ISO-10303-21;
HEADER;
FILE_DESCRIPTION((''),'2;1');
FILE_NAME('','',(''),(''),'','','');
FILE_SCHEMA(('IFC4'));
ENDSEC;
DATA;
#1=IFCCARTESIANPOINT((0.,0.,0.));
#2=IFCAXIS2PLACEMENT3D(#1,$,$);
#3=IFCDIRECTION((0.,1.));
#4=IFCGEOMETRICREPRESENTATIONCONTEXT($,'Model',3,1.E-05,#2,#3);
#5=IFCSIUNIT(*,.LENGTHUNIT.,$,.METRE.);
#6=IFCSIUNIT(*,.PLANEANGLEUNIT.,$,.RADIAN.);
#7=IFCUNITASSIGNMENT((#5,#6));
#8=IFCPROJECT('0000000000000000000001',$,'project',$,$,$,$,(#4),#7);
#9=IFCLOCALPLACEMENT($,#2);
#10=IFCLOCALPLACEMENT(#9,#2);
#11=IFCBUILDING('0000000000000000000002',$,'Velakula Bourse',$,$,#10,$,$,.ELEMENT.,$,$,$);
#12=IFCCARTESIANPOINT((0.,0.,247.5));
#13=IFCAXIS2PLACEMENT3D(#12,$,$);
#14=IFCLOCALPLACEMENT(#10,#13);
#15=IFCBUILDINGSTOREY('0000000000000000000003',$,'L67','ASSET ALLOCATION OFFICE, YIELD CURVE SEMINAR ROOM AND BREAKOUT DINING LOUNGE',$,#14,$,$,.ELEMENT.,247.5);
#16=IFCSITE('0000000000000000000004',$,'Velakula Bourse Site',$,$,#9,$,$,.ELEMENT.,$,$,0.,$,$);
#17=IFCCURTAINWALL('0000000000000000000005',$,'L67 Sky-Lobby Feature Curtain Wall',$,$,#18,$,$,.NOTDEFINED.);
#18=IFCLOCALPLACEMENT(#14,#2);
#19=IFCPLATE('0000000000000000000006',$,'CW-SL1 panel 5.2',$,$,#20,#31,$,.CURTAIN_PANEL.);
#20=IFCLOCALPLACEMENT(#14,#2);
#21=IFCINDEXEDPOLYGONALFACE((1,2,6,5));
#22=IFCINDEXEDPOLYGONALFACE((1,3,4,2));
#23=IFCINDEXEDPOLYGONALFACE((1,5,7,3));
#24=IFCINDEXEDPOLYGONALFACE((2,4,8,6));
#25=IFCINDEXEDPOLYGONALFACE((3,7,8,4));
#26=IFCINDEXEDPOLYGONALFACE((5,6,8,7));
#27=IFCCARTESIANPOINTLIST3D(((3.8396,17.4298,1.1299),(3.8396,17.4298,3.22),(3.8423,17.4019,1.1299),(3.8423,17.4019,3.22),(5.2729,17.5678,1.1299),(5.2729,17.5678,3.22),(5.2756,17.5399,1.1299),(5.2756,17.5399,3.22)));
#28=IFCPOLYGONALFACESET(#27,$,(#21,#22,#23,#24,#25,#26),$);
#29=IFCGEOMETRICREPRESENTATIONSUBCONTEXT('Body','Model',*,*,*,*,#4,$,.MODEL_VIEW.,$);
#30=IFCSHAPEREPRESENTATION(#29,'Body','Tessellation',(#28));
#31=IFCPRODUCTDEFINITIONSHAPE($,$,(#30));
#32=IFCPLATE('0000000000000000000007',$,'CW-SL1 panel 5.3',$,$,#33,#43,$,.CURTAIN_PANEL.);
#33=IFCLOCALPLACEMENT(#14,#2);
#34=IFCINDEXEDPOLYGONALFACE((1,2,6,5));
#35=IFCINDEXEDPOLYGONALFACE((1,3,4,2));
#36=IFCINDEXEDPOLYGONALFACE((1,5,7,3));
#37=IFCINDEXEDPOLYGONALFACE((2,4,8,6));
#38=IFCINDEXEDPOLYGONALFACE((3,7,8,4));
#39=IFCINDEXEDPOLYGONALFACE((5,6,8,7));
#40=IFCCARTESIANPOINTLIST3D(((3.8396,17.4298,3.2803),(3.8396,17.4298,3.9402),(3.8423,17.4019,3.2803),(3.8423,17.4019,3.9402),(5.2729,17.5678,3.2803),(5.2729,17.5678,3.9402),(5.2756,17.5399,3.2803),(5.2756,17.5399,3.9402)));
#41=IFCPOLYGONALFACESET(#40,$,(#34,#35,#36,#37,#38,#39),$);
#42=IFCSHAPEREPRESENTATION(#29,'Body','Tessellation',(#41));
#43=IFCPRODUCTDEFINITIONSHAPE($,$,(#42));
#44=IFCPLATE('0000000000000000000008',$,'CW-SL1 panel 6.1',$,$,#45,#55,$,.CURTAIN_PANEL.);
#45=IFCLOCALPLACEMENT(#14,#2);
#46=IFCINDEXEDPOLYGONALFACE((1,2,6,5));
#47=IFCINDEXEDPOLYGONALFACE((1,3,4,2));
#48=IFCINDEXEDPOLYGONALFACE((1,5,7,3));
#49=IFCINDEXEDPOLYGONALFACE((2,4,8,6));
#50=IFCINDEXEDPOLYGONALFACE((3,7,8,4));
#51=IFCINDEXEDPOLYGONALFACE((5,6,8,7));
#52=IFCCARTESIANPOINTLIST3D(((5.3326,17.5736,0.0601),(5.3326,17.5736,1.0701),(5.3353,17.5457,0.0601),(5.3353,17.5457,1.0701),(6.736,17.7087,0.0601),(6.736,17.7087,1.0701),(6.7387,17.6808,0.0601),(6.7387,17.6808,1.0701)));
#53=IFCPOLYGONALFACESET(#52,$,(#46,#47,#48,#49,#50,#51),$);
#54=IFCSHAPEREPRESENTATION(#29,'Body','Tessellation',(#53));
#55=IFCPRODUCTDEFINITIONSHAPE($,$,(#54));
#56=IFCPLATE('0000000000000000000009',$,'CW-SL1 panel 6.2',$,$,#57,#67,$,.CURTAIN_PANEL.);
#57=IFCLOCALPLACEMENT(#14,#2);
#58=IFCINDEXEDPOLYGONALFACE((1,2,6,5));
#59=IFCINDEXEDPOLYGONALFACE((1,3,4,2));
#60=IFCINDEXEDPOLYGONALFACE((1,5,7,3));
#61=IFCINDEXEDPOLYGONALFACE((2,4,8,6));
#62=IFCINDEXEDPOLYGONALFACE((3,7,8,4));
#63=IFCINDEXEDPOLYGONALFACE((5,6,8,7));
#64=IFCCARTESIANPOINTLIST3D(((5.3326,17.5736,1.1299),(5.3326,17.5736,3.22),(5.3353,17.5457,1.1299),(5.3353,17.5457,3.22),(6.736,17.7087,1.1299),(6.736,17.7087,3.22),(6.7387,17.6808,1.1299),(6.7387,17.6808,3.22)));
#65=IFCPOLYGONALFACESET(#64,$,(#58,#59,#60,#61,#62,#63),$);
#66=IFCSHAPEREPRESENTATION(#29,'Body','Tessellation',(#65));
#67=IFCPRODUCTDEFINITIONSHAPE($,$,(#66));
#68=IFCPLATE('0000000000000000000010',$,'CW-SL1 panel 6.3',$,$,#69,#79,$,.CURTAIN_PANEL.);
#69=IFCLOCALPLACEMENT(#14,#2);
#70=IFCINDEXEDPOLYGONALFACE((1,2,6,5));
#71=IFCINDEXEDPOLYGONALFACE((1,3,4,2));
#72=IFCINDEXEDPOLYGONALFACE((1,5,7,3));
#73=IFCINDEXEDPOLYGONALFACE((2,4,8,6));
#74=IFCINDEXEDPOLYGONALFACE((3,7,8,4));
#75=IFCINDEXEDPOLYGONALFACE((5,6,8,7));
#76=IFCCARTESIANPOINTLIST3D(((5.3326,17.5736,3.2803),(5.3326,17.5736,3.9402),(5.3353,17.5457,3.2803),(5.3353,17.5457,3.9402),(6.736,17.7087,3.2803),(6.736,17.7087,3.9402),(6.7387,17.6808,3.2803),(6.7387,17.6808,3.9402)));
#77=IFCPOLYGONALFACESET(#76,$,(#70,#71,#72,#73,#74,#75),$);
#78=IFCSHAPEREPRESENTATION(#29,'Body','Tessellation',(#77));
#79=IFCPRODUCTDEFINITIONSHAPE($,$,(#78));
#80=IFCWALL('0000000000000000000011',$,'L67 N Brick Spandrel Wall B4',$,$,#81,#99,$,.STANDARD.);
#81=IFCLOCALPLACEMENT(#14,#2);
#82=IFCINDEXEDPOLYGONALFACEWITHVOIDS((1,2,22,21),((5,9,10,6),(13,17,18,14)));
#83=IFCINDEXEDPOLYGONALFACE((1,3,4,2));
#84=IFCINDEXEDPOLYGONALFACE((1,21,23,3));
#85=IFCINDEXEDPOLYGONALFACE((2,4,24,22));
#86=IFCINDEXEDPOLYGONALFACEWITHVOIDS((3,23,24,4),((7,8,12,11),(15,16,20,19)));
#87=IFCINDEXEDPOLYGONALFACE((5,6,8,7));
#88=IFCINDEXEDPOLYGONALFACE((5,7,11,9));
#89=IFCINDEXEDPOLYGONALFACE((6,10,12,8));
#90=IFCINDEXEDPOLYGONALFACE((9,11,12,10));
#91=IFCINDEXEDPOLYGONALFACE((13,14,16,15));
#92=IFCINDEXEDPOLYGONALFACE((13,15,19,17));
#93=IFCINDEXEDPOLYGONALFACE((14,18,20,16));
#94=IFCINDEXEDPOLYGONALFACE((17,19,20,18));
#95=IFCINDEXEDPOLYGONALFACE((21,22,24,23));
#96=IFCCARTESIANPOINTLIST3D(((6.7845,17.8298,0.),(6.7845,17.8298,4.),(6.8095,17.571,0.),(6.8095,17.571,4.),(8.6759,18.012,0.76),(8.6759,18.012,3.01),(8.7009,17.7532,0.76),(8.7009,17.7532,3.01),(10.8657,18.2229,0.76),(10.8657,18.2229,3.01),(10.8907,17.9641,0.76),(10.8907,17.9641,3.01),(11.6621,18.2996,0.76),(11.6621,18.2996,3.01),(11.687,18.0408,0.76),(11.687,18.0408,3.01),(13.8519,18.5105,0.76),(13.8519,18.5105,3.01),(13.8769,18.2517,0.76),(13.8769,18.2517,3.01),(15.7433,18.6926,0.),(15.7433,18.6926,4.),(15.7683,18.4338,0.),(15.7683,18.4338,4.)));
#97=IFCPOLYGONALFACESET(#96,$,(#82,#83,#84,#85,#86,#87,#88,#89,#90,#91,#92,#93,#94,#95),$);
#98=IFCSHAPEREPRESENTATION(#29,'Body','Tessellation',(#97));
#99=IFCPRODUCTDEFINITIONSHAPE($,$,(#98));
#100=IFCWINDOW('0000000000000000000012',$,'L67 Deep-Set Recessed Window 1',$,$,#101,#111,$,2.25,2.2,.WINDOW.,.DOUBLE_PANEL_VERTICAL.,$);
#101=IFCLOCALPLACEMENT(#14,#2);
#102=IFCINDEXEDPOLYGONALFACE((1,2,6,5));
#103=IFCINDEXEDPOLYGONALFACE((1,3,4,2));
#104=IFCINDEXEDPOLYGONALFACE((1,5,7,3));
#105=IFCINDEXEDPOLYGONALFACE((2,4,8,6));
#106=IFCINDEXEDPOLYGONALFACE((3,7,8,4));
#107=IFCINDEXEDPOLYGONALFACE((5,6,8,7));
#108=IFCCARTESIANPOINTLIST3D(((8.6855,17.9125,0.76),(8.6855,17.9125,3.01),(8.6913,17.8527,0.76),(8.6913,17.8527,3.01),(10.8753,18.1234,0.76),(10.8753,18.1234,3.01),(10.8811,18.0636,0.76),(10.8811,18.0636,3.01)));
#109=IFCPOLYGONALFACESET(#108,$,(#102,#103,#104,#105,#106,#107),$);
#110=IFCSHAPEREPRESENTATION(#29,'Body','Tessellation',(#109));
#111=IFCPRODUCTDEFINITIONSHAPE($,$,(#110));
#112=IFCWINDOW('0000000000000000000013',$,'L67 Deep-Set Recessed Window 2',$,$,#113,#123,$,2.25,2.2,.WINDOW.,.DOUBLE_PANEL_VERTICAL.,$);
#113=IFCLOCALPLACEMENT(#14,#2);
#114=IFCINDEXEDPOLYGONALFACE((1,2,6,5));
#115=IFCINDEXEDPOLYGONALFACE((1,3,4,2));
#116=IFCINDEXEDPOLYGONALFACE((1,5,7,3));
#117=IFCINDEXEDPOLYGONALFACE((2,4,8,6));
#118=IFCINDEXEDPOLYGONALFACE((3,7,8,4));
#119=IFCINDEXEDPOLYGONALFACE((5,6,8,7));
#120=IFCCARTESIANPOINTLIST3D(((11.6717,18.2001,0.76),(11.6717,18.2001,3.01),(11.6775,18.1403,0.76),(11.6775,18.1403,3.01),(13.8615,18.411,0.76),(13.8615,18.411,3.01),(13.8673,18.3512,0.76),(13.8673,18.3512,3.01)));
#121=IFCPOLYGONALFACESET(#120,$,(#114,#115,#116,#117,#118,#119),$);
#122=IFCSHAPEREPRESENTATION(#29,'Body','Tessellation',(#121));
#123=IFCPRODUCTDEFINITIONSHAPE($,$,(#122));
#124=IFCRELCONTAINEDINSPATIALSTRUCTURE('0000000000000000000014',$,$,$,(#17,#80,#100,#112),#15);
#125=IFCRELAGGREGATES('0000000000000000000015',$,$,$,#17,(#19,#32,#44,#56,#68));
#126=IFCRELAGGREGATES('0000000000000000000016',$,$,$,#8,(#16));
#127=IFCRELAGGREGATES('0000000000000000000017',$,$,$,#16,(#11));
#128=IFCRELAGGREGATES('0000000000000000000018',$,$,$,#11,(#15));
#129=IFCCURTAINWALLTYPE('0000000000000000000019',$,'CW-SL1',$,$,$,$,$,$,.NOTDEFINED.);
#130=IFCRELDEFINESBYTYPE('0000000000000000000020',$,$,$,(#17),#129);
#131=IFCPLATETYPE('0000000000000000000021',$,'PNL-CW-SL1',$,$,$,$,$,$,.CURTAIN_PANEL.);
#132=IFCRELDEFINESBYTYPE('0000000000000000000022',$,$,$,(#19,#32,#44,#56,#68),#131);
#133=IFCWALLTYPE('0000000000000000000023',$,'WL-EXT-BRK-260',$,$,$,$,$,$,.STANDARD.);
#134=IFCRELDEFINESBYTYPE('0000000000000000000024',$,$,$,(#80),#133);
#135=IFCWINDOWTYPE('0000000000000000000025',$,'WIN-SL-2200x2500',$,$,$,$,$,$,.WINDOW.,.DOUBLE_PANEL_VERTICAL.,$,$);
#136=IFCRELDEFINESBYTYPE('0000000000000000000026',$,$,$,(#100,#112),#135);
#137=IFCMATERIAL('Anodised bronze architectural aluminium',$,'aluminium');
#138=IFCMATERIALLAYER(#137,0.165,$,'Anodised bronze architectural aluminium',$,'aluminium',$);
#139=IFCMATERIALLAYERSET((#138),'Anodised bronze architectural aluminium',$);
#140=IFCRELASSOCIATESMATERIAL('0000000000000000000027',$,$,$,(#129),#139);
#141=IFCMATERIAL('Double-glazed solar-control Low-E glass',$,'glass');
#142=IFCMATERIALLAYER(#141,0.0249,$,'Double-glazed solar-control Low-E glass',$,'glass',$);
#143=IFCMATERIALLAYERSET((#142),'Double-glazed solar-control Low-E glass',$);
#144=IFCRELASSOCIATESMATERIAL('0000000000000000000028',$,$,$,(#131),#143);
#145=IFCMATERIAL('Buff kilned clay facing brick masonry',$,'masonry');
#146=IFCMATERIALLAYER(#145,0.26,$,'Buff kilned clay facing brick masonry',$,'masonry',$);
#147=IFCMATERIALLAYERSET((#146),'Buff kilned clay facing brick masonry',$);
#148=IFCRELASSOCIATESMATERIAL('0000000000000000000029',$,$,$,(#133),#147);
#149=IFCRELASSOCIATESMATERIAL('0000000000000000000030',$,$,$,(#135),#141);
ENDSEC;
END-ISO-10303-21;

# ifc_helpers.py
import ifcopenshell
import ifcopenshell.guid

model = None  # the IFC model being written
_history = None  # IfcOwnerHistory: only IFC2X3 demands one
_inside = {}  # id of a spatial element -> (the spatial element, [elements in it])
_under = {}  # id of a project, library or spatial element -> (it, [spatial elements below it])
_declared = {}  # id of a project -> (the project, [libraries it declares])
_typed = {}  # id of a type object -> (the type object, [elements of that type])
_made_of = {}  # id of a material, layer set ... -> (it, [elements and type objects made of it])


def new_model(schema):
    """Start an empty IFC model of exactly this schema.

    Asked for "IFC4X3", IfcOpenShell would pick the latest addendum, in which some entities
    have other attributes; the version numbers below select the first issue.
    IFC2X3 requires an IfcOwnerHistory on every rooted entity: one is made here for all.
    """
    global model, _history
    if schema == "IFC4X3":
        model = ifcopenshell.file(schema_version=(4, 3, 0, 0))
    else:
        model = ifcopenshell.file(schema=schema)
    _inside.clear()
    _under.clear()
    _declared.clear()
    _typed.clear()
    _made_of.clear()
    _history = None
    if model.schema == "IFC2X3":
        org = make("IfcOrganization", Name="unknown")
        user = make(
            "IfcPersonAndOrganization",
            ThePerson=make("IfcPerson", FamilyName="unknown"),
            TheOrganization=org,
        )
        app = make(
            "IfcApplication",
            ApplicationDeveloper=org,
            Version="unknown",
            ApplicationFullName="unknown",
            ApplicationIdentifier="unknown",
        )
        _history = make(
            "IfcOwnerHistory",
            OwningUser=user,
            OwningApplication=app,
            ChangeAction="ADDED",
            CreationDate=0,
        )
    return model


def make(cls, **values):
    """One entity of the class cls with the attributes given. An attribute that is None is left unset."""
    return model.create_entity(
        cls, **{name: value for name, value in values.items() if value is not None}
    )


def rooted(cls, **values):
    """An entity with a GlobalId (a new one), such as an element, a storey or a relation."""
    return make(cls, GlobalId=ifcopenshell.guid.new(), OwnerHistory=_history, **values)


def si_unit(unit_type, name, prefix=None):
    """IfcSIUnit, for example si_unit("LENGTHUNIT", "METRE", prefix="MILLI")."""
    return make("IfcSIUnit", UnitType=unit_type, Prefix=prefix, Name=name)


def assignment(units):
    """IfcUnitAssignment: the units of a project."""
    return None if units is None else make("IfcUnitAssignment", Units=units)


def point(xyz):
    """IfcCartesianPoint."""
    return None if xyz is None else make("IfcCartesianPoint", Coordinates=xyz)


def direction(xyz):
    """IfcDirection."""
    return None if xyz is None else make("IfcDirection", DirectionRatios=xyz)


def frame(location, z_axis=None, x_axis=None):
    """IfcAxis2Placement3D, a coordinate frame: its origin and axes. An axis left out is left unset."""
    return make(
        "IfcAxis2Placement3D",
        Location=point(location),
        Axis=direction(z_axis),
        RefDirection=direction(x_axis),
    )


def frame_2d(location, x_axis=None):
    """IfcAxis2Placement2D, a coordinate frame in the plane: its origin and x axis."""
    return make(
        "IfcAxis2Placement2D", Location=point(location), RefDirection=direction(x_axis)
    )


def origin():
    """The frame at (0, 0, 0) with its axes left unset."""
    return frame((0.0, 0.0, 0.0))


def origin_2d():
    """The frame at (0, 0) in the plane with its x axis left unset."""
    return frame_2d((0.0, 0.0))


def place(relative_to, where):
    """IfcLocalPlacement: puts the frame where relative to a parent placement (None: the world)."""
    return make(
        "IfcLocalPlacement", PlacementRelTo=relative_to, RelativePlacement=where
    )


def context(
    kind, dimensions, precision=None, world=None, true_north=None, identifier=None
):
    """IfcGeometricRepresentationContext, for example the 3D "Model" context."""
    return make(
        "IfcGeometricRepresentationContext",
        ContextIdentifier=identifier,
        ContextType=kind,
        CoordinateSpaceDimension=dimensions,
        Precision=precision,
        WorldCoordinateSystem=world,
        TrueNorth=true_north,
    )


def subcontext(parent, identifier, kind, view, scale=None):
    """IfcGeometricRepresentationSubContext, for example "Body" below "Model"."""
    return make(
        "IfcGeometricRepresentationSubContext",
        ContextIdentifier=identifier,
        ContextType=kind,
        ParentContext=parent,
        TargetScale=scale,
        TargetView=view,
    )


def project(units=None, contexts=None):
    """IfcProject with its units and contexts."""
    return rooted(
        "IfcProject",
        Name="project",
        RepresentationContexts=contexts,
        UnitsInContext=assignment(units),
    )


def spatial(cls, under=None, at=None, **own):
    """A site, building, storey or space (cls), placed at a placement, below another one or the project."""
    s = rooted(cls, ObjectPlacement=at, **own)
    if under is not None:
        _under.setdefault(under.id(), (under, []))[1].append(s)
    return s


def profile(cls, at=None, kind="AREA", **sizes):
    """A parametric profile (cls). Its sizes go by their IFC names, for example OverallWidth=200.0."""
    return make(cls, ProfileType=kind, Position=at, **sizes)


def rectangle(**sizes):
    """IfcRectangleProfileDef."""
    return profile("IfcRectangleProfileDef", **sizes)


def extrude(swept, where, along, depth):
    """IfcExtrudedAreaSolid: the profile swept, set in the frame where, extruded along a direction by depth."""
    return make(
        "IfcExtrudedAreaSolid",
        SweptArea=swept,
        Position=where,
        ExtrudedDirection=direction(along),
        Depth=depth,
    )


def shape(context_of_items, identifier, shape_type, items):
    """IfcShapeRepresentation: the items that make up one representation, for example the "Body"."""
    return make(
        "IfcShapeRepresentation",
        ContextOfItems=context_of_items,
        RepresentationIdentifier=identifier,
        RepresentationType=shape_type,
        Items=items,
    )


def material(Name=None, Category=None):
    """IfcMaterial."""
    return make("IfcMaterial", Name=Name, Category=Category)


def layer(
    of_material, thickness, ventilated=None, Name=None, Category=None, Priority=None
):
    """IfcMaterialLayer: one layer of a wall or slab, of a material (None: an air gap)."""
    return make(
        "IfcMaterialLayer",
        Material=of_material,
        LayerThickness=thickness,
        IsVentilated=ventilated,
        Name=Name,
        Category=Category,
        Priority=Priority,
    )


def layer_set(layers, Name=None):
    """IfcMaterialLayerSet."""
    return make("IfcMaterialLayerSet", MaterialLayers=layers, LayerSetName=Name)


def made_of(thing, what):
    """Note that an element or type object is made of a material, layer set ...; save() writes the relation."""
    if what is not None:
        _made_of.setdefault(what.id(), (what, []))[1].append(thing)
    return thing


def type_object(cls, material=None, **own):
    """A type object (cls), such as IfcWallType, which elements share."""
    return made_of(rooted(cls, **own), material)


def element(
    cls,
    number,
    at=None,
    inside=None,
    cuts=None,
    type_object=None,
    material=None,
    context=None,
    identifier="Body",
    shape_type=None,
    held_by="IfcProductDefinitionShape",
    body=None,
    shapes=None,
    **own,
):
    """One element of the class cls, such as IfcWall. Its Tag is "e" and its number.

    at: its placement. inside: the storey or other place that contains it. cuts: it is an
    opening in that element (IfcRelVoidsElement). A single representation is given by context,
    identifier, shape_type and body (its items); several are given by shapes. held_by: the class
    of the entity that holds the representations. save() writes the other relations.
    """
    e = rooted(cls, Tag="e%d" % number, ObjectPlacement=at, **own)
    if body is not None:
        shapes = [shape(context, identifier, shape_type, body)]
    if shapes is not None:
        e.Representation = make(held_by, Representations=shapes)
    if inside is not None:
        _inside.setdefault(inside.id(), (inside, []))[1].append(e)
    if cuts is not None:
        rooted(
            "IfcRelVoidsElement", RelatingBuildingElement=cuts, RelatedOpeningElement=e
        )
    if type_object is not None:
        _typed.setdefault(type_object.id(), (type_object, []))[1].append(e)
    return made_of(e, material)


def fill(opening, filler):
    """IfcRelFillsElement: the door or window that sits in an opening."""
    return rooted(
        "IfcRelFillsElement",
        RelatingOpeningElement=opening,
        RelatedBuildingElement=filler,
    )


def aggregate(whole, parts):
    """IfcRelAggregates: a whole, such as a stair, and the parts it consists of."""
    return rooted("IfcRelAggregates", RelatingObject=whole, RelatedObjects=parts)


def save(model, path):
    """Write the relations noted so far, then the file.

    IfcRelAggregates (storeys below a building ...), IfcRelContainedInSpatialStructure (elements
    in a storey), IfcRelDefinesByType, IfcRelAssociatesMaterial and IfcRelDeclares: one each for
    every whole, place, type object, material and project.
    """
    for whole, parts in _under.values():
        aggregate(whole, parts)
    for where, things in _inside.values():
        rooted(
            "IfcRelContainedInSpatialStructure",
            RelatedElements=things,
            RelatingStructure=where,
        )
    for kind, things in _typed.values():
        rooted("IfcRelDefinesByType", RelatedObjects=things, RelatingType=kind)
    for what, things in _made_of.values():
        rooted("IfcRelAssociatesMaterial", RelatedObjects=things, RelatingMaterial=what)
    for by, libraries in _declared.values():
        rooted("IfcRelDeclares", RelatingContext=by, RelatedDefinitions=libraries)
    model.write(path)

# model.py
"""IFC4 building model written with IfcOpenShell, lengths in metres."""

from ifc_helpers import new_model, si_unit, direction, frame, frame_2d, origin, origin_2d, place, context, subcontext, project, spatial, rectangle, extrude, material, layer, layer_set, type_object, element, fill, aggregate, save


model = new_model("IFC4")

# Units and contexts
model_context = context("Model", 3, precision=1e-05, world=origin(), true_north=direction((0.0, 1.0)))
body_context = subcontext(model_context, "Body", "Model", "MODEL_VIEW")
ifc_project = project(units=[si_unit("LENGTHUNIT", "METRE"), si_unit("PLANEANGLEUNIT", "RADIAN")], contexts=[model_context])

# Site, building, storey
site_placement = place(None, origin())
site = spatial("IfcSite", under=ifc_project, at=site_placement, Name="Velakula Bourse Site", CompositionType="ELEMENT", RefElevation=0.0)
building_placement = place(site_placement, origin())
building = spatial("IfcBuilding", under=site, at=building_placement, Name="Velakula Bourse", CompositionType="ELEMENT")
storey_placement = place(building_placement, frame((0.0, 0.0, 247.5)))
storey = spatial("IfcBuildingStorey", under=building, at=storey_placement, Name="L67", Description="ASSET ALLOCATION OFFICE, YIELD CURVE SEMINAR ROOM AND BREAKOUT DINING LOUNGE", CompositionType="ELEMENT", Elevation=247.5)

# Curtain wall, plates
ifc_material_1 = material(Name="Anodised bronze architectural aluminium", Category="aluminium")
ifc_layer_1 = layer(ifc_material_1, 0.165, Name="Anodised bronze architectural aluminium", Category="aluminium")
ifc_layer_set_1 = layer_set([ifc_layer_1], Name="Anodised bronze architectural aluminium")
curtain_wall_type = type_object("IfcCurtainWallType", Name="CW-SL1", PredefinedType="NOTDEFINED", material=ifc_layer_set_1)
curtain_wall_placement = place(storey_placement, origin())
curtain_wall = element("IfcCurtainWall", 1, at=curtain_wall_placement, inside=storey, type_object=curtain_wall_type, Name="L67 Sky-Lobby Feature Curtain Wall", PredefinedType="NOTDEFINED")
ifc_material_2 = material(Name="Double-glazed solar-control Low-E glass", Category="glass")
ifc_layer_2 = layer(ifc_material_2, 0.0249, Name="Double-glazed solar-control Low-E glass", Category="glass")
ifc_layer_set_2 = layer_set([ifc_layer_2], Name="Double-glazed solar-control Low-E glass")
plate_type = type_object("IfcPlateType", Name="PNL-CW-SL1", PredefinedType="CURTAIN_PANEL", material=ifc_layer_set_2)
plate_1_placement = place(storey_placement, frame((4.5576, 17.4849, 1.1299), z_axis=(0.0, 0.0, 1.0), x_axis=(0.995396, 0.095844, 0.0)))
plate_1 = element("IfcPlate", 2, at=plate_1_placement, type_object=plate_type, Name="CW-SL1 panel 5.2", PredefinedType="CURTAIN_PANEL", context=body_context, shape_type="SweptSolid", body=[
    extrude(rectangle(XDim=1.4399, YDim=0.0281, at=origin_2d()), origin(), (0.0, 0.0, 1.0), 2.0901),
])
plate_2_placement = place(storey_placement, frame((4.5576, 17.4849, 3.2803), z_axis=(0.0, 0.0, 1.0), x_axis=(0.995396, 0.095844, 0.0)))
plate_2 = element("IfcPlate", 3, at=plate_2_placement, type_object=plate_type, Name="CW-SL1 panel 5.3", PredefinedType="CURTAIN_PANEL", context=body_context, shape_type="SweptSolid", body=[
    extrude(rectangle(XDim=1.4399, YDim=0.0281, at=origin_2d()), origin(), (0.0, 0.0, 1.0), 0.6599),
])
plate_3_placement = place(storey_placement, frame((6.0356, 17.6272, 0.0601), z_axis=(0.0, 0.0, 1.0), x_axis=(0.995396, 0.095844, 0.0)))
plate_3 = element("IfcPlate", 4, at=plate_3_placement, type_object=plate_type, Name="CW-SL1 panel 6.1", PredefinedType="CURTAIN_PANEL", context=body_context, shape_type="SweptSolid", body=[
    extrude(rectangle(XDim=1.4099, YDim=0.0281, at=origin_2d()), origin(), (0.0, 0.0, 1.0), 1.01),
])
plate_4_placement = place(storey_placement, frame((6.0356, 17.6272, 1.1299), z_axis=(0.0, 0.0, 1.0), x_axis=(0.995396, 0.095844, 0.0)))
plate_4 = element("IfcPlate", 5, at=plate_4_placement, type_object=plate_type, Name="CW-SL1 panel 6.2", PredefinedType="CURTAIN_PANEL", context=body_context, shape_type="SweptSolid", body=[
    extrude(rectangle(XDim=1.4099, YDim=0.0281, at=origin_2d()), origin(), (0.0, 0.0, 1.0), 2.0901),
])
plate_5_placement = place(storey_placement, frame((6.0356, 17.6272, 3.2803), z_axis=(0.0, 0.0, 1.0), x_axis=(0.995396, 0.095844, 0.0)))
plate_5 = element("IfcPlate", 6, at=plate_5_placement, type_object=plate_type, Name="CW-SL1 panel 6.3", PredefinedType="CURTAIN_PANEL", context=body_context, shape_type="SweptSolid", body=[
    extrude(rectangle(XDim=1.4099, YDim=0.0281, at=origin_2d()), origin(), (0.0, 0.0, 1.0), 0.6599),
])
aggregate(curtain_wall, [plate_1, plate_2, plate_3, plate_4, plate_5])

# Wall, openings, windows
ifc_material_3 = material(Name="Buff kilned clay facing brick masonry", Category="masonry")
ifc_layer_3 = layer(ifc_material_3, 0.26, Name="Buff kilned clay facing brick masonry", Category="masonry")
ifc_layer_set_3 = layer_set([ifc_layer_3], Name="Buff kilned clay facing brick masonry")
wall_type = type_object("IfcWallType", Name="WL-EXT-BRK-260", PredefinedType="STANDARD", material=ifc_layer_set_3)
wall_placement = place(storey_placement, frame((6.7971, 17.7004, 0.0), z_axis=(0.0, 0.0, 1.0), x_axis=(0.995394, 0.095864, 0.0)))
wall = element("IfcWall", 7, at=wall_placement, inside=storey, type_object=wall_type, Name="L67 N Brick Spandrel Wall B4", PredefinedType="STANDARD", context=body_context, shape_type="SweptSolid", body=[
    extrude(rectangle(XDim=9.0002, YDim=0.26, at=frame_2d((4.5, 0.0))), origin(), (0.0, 0.0, 1.0), 4.0),
])
opening_1_placement = place(wall_placement, frame((1.8999, 0.0, 0.76)))
opening_1 = element("IfcOpeningElement", 8, at=opening_1_placement, cuts=wall, PredefinedType="OPENING", context=body_context, shape_type="SweptSolid", body=[
    extrude(rectangle(XDim=2.2, YDim=2.25, at=frame_2d((1.1001, 1.125))), frame((0.0, 0.1399, 0.0), z_axis=(0.0, -1.0, 0.0), x_axis=(1.0, 0.0, 0.0)), (0.0, 0.0, 1.0), 0.28),
])
opening_2_placement = place(wall_placement, frame((4.8999, 0.0, 0.76)))
opening_2 = element("IfcOpeningElement", 9, at=opening_2_placement, cuts=wall, PredefinedType="OPENING", context=body_context, shape_type="SweptSolid", body=[
    extrude(rectangle(XDim=2.2, YDim=2.25, at=frame_2d((1.1001, 1.125))), frame((0.0, 0.1399, 0.0), z_axis=(0.0, -1.0, 0.0), x_axis=(1.0, 0.0, 0.0)), (0.0, 0.0, 1.0), 0.28),
])
window_type = type_object("IfcWindowType", Name="WIN-SL-2200x2500", PartitioningType="DOUBLE_PANEL_VERTICAL", PredefinedType="WINDOW", material=ifc_material_2)
window_1_placement = place(opening_1_placement, origin())
window_1 = element("IfcWindow", 10, at=window_1_placement, inside=storey, type_object=window_type, Name="L67 Deep-Set Recessed Window 1", OverallHeight=2.25, OverallWidth=2.2, PartitioningType="DOUBLE_PANEL_VERTICAL", PredefinedType="WINDOW", context=body_context, shape_type="SweptSolid", body=[
    extrude(rectangle(XDim=2.2, YDim=2.25, at=frame_2d((1.1001, 1.125))), frame((0.0, 0.03, 0.0), z_axis=(0.0, -1.0, 0.0), x_axis=(1.0, 0.0, 0.0)), (0.0, 0.0, 1.0), 0.0601),
])
fill(opening_1, window_1)
window_2_placement = place(opening_2_placement, origin())
window_2 = element("IfcWindow", 11, at=window_2_placement, inside=storey, type_object=window_type, Name="L67 Deep-Set Recessed Window 2", OverallHeight=2.25, OverallWidth=2.2, PartitioningType="DOUBLE_PANEL_VERTICAL", PredefinedType="WINDOW", context=body_context, shape_type="SweptSolid", body=[
    extrude(rectangle(XDim=2.2, YDim=2.25, at=frame_2d((1.1001, 1.125))), frame((0.0, 0.03, 0.0), z_axis=(0.0, -1.0, 0.0), x_axis=(1.0, 0.0, 0.0)), (0.0, 0.0, 1.0), 0.0601),
])
fill(opening_2, window_2)

save(model, "model.ifc")
